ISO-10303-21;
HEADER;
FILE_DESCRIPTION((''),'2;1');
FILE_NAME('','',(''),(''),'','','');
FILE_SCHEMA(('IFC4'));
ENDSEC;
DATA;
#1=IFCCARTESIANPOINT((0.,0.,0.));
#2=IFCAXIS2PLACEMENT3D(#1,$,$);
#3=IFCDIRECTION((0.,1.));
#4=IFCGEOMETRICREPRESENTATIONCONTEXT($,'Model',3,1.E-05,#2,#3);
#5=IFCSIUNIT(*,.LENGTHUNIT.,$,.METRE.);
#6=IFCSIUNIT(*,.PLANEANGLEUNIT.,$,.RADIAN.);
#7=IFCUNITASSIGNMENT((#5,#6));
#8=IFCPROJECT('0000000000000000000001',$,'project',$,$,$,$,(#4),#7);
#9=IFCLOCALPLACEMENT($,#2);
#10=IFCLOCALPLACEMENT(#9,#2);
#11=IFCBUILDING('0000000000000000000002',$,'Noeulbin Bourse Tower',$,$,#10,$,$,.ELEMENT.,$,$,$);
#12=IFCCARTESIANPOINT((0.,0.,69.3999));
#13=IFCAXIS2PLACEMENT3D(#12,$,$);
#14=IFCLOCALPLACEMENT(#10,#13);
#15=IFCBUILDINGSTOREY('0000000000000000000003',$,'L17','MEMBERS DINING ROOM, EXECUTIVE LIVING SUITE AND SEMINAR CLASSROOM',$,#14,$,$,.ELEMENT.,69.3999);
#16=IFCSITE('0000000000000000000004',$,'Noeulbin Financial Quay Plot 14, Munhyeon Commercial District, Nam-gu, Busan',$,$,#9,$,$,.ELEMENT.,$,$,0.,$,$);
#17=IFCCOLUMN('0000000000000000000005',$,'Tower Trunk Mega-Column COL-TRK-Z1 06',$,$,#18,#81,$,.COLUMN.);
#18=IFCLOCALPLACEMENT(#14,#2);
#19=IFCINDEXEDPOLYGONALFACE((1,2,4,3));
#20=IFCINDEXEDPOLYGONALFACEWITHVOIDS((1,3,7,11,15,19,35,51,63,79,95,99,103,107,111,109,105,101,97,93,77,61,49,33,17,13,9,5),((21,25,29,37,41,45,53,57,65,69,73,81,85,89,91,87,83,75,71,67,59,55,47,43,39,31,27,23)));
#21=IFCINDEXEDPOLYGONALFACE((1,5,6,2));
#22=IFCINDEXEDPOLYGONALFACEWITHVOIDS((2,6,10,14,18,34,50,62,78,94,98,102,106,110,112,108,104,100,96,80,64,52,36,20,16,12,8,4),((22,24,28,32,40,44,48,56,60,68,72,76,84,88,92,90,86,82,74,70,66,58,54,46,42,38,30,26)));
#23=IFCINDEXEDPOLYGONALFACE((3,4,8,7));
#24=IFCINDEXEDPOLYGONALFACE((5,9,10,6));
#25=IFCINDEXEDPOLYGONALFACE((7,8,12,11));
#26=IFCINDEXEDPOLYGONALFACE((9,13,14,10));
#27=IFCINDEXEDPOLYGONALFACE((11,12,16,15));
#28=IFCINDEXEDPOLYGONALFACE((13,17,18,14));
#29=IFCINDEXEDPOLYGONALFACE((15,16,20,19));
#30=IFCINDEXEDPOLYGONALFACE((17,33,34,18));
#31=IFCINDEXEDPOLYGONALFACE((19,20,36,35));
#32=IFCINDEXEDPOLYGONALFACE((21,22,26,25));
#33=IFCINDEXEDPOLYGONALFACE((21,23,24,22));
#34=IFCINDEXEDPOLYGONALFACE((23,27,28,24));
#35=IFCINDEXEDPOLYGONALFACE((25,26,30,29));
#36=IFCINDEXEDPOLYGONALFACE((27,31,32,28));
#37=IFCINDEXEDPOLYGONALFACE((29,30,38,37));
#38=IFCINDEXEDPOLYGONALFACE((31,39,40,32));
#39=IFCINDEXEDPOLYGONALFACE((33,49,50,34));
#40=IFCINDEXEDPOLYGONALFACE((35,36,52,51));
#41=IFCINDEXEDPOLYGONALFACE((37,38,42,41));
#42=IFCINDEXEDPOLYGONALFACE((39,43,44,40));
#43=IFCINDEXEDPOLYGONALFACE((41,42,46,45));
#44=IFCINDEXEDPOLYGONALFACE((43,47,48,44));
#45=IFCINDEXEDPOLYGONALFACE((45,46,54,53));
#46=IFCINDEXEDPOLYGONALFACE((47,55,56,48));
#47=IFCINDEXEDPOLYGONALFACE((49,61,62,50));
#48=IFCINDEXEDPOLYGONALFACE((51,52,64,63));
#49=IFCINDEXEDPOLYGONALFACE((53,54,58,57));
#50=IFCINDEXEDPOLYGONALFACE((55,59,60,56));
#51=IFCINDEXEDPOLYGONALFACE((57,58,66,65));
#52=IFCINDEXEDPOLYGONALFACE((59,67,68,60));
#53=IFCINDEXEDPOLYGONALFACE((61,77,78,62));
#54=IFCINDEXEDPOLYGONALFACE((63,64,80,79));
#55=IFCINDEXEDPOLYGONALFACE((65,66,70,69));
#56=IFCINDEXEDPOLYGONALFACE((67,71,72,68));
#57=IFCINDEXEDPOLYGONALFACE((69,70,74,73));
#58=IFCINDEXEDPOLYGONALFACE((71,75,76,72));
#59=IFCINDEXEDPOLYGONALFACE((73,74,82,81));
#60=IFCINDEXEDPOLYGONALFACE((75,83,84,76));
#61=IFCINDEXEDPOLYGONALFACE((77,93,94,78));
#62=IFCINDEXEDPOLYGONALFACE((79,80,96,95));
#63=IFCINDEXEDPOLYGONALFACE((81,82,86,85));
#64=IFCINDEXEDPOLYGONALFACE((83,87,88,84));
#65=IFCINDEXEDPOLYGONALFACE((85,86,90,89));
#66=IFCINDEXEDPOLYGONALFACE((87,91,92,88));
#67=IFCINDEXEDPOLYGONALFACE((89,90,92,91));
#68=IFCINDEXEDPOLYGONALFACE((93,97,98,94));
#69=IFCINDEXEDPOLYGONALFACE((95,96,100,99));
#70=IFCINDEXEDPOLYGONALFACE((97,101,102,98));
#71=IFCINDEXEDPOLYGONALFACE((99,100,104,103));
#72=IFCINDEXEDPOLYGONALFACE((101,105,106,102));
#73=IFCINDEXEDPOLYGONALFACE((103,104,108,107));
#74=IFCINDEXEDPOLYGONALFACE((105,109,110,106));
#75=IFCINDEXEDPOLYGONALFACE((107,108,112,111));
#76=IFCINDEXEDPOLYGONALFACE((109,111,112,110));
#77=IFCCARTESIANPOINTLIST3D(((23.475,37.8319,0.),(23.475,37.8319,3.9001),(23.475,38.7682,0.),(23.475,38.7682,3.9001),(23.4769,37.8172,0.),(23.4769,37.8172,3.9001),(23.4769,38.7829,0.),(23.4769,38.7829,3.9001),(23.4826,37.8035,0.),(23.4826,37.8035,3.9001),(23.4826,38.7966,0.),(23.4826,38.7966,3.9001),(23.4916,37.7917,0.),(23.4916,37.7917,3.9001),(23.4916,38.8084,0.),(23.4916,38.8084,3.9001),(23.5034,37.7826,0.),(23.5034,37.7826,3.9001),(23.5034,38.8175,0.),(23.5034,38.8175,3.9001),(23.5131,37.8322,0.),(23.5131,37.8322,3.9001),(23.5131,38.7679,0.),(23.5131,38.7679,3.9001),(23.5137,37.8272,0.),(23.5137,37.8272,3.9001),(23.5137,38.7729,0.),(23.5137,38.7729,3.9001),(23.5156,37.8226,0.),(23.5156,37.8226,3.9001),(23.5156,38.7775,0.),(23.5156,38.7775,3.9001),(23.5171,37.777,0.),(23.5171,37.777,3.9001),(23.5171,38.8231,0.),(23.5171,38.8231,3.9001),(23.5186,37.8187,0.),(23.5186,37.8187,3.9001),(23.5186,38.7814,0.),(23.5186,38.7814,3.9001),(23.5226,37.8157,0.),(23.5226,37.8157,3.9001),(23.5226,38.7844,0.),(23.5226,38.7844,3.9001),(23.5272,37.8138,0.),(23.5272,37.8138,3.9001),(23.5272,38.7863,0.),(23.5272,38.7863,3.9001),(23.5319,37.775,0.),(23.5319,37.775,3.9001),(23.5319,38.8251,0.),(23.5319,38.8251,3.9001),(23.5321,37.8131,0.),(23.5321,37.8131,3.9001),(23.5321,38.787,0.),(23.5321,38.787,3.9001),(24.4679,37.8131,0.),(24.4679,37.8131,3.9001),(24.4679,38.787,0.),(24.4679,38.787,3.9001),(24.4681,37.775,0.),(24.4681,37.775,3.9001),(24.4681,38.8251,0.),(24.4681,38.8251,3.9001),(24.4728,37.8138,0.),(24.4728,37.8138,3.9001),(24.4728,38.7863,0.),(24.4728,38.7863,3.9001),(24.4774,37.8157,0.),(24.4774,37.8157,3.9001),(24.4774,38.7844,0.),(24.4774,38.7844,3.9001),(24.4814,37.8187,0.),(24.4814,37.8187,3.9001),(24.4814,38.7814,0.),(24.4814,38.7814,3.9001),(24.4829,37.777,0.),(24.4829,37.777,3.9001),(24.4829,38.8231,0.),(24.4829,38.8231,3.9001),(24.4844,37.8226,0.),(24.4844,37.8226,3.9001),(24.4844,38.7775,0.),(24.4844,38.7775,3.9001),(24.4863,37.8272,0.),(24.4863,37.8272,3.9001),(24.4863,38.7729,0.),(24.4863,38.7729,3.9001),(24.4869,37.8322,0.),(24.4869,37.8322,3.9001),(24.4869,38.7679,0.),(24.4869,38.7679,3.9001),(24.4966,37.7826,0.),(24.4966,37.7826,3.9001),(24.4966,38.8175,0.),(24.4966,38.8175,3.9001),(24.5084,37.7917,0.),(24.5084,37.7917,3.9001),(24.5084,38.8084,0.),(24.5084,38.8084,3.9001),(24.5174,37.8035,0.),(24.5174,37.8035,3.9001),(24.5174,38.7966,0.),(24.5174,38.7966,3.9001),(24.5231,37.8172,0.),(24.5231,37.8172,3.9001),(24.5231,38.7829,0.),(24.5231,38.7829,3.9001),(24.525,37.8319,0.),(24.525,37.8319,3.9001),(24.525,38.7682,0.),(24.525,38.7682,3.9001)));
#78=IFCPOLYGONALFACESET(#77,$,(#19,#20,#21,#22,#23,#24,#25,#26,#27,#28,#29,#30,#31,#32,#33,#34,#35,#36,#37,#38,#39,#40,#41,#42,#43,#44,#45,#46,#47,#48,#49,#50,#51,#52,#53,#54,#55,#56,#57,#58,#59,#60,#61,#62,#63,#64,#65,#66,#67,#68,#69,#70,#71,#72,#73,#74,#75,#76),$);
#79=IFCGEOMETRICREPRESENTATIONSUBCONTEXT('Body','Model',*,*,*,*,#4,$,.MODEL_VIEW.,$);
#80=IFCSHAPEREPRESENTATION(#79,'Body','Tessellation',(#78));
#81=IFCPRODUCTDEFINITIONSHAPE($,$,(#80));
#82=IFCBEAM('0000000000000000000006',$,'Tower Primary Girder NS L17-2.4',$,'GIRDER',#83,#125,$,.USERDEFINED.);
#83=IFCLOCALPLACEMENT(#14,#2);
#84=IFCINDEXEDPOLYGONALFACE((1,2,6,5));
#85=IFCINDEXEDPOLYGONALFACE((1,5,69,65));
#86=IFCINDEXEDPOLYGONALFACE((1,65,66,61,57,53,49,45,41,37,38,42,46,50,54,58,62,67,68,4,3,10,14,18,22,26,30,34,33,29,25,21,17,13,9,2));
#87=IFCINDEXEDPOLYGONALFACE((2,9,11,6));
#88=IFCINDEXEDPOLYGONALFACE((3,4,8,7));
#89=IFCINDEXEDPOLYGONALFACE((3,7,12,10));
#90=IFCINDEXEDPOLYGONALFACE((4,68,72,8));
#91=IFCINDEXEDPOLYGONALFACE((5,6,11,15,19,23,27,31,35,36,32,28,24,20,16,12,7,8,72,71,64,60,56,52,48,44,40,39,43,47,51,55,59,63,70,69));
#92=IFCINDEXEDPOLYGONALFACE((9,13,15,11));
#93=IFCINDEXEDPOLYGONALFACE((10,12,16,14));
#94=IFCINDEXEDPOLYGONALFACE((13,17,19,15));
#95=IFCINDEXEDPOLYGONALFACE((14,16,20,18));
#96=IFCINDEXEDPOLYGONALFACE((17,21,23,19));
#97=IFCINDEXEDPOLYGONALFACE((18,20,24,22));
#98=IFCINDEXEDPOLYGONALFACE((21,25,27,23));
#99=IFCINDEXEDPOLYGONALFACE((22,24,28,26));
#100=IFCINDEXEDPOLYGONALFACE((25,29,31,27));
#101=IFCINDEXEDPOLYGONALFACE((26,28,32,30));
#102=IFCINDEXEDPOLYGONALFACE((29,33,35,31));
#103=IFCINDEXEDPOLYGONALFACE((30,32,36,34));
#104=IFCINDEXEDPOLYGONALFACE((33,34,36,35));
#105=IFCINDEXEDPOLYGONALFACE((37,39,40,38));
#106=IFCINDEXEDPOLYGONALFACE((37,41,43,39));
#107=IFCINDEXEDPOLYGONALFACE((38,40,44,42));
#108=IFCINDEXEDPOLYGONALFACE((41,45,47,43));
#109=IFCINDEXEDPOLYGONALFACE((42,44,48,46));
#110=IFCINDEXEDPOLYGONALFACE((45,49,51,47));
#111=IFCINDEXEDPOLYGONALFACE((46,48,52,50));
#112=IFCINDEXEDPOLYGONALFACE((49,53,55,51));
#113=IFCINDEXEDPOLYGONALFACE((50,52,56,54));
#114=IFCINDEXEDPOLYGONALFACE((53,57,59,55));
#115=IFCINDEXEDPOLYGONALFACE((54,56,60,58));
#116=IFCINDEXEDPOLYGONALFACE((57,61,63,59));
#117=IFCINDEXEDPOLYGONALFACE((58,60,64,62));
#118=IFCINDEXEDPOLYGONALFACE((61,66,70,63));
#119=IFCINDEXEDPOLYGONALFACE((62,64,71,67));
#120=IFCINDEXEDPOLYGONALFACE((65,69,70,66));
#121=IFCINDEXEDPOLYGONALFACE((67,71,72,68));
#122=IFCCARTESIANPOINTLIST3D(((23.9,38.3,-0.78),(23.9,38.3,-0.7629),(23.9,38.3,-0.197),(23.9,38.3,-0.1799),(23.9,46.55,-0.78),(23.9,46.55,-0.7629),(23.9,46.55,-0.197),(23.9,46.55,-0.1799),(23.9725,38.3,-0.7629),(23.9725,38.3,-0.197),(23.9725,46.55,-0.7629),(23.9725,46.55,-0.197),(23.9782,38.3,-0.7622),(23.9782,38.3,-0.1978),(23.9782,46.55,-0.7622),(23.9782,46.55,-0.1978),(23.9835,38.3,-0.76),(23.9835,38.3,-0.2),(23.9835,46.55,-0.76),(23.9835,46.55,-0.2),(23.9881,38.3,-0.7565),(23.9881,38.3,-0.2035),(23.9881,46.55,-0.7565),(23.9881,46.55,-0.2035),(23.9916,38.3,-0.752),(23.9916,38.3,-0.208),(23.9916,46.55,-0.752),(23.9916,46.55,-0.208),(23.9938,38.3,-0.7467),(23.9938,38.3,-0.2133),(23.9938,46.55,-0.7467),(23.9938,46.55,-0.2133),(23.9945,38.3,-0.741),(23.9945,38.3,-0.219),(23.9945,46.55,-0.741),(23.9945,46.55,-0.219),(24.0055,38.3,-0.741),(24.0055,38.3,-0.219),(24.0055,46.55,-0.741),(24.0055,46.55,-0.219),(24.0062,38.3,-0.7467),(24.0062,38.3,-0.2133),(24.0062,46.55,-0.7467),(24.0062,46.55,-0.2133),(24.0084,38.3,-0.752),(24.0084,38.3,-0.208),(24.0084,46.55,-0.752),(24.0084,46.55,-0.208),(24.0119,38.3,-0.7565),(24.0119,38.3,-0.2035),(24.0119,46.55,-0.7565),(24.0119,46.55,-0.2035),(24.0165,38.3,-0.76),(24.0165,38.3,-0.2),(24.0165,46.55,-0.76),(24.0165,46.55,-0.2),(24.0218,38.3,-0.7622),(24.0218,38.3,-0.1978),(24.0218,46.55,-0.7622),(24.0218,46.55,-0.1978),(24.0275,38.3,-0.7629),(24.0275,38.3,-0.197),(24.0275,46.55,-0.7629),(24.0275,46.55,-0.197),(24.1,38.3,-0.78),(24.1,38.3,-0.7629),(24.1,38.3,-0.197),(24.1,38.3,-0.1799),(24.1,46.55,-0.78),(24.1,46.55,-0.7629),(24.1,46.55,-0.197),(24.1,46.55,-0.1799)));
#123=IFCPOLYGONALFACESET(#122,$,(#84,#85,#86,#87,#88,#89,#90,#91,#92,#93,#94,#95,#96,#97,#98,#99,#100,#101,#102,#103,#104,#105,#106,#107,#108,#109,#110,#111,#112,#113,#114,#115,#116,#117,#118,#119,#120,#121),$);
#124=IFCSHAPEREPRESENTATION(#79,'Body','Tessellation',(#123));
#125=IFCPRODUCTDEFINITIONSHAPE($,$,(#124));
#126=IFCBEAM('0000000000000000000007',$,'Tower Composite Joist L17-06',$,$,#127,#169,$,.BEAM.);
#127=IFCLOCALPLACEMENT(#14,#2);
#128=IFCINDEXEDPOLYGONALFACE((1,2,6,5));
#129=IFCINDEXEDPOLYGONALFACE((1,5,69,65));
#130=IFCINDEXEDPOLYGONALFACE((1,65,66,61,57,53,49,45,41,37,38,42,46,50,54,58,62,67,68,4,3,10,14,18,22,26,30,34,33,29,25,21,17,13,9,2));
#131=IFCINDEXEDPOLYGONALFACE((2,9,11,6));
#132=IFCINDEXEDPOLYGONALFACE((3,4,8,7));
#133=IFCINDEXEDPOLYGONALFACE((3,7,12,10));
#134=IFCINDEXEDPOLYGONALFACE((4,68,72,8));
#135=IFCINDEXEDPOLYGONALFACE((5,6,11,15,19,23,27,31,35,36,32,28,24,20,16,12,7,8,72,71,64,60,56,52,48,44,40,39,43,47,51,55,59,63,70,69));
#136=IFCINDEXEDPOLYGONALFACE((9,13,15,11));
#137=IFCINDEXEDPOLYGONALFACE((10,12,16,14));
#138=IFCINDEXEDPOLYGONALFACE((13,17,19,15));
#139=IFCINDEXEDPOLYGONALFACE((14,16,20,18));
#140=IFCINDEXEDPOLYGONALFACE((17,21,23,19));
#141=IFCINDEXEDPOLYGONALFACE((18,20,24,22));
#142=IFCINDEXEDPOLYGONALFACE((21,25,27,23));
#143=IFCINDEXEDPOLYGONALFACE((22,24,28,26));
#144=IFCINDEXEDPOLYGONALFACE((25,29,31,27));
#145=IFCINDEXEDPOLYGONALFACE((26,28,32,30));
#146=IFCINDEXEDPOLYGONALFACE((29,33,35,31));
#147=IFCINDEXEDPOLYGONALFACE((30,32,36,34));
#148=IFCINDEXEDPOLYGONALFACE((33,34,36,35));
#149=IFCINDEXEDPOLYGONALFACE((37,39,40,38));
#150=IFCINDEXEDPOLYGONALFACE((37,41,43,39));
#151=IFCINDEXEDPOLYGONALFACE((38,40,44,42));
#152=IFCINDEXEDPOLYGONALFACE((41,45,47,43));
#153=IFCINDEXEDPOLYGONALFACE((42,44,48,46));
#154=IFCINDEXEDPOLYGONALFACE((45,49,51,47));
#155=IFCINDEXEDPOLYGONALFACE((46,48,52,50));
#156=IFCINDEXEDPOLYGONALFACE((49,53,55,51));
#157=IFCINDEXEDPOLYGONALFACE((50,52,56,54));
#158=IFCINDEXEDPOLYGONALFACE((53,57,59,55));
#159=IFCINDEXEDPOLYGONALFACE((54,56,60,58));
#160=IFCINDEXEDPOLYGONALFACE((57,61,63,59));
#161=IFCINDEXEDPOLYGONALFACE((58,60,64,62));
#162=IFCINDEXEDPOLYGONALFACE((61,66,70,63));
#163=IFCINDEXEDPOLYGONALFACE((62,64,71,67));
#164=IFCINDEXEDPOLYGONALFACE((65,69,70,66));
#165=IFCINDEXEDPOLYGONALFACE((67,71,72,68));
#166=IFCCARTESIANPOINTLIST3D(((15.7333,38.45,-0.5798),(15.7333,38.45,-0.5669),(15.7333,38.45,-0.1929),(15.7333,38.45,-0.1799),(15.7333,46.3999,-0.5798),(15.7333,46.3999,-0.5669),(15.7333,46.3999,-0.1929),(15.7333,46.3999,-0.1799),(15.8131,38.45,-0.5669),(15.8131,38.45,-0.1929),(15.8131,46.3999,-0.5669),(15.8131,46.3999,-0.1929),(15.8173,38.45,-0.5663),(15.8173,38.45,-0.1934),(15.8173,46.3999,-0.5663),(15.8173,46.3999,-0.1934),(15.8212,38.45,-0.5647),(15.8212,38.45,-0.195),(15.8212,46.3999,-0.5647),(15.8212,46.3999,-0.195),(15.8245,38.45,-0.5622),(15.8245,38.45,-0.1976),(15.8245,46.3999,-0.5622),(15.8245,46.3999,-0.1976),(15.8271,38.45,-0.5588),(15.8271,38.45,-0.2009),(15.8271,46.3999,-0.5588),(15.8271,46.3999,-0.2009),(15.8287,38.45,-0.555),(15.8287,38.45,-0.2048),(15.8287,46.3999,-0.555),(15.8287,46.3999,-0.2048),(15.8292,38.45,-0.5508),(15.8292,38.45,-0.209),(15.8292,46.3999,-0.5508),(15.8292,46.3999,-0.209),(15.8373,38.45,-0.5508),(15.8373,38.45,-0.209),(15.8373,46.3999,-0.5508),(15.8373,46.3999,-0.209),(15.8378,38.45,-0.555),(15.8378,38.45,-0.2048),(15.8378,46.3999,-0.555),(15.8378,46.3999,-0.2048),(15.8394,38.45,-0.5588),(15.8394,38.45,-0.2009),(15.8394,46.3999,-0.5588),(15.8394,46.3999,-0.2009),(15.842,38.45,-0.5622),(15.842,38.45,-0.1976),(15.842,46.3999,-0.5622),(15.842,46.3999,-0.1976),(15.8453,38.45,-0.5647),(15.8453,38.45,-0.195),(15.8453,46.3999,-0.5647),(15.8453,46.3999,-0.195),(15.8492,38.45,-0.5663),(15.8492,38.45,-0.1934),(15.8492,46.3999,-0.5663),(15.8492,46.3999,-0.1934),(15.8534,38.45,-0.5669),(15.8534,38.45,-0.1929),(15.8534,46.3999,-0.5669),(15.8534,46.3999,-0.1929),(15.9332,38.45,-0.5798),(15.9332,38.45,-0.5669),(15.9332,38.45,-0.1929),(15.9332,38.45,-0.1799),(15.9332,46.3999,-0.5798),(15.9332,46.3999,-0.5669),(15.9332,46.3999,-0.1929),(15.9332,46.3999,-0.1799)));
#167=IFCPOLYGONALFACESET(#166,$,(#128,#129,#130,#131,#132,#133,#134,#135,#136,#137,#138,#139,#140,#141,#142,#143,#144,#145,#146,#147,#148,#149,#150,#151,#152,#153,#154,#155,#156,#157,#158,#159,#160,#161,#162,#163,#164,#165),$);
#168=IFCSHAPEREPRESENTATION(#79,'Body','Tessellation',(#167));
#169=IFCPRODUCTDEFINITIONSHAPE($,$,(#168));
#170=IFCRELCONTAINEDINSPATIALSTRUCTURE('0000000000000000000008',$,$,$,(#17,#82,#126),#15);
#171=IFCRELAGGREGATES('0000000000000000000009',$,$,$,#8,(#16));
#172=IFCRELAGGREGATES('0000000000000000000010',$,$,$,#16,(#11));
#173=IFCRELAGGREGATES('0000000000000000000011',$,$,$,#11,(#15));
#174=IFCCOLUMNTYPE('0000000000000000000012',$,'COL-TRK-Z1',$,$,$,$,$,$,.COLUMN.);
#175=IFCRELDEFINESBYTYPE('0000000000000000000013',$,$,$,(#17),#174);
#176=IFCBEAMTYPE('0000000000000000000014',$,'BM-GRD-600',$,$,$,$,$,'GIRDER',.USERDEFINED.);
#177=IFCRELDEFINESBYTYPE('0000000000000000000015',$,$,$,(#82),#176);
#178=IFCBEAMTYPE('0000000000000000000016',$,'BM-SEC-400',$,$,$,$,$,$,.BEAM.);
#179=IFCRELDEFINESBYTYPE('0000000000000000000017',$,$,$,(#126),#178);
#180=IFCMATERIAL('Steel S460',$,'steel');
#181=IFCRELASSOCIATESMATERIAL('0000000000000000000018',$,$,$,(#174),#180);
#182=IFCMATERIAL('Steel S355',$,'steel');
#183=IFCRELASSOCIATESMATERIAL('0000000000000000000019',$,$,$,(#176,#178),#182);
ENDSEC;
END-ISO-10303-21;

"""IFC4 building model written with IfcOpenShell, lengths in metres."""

from ifc_helpers import new_model, si_unit, direction, frame, origin, origin_2d, place, context, subcontext, project, spatial, hollow_rectangle, i_section, extrude, material, material_profile, profile_set, type_object, element, save


model = new_model("IFC4")

# Units and contexts
model_context = context("Model", 3, precision=1e-05, world=origin(), true_north=direction((0.0, 1.0)))
body_context = subcontext(model_context, "Body", "Model", "MODEL_VIEW")
ifc_project = project(units=[si_unit("LENGTHUNIT", "METRE"), si_unit("PLANEANGLEUNIT", "RADIAN")], contexts=[model_context])

# Site, building, storey
site_placement = place(None, origin())
site = spatial("IfcSite", under=ifc_project, at=site_placement, Name="Noeulbin Financial Quay Plot 14, Munhyeon Commercial District, Nam-gu, Busan", CompositionType="ELEMENT", RefElevation=0.0)
building_placement = place(site_placement, origin())
building = spatial("IfcBuilding", under=site, at=building_placement, Name="Noeulbin Bourse Tower", CompositionType="ELEMENT")
storey_placement = place(building_placement, frame((0.0, 0.0, 69.3999)))
storey = spatial("IfcBuildingStorey", under=building, at=storey_placement, Name="L17", Description="MEMBERS DINING ROOM, EXECUTIVE LIVING SUITE AND SEMINAR CLASSROOM", CompositionType="ELEMENT", Elevation=69.3999)

# Column
ifc_material_1 = material(Name="Steel S460", Category="steel")
ifc_material_profile_1 = material_profile(ifc_material_1, hollow_rectangle(XDim=1.05, YDim=1.05, WallThickness=0.0381, InnerFilletRadius=0.019, OuterFilletRadius=0.0569, at=origin_2d()), Name="BOX-1050x1050x38", Category="LoadBearing")
ifc_profile_set_1 = profile_set([ifc_material_profile_1], Name="Steel S460")
column_type_1 = type_object("IfcColumnType", Name="COL-TRK-Z1", PredefinedType="COLUMN", material=ifc_profile_set_1)
for number, where, z_axis, x_axis, name in (
    (1, (24.0, 38.3, 0.0), (0.0, 0.0, 1.0), (1.0, 0.0, 0.0), "Tower Trunk Mega-Column COL-TRK-Z1 06"),
):
    element("IfcColumn", number, at=place(storey_placement, frame(where, z_axis=z_axis, x_axis=x_axis)), inside=storey, type_object=column_type_1, Name=name, PredefinedType="COLUMN", context=body_context, shape_type="SweptSolid", body=[
        extrude(hollow_rectangle(XDim=1.05, YDim=1.05, WallThickness=0.0381, InnerFilletRadius=0.019, OuterFilletRadius=0.0569, at=origin_2d()), origin(), (0.0, 0.0, 1.0), 3.9001),
    ])

# Beams
ifc_material_2 = material(Name="Steel S355", Category="steel")
ifc_material_profile_2 = material_profile(ifc_material_2, i_section(OverallWidth=0.2, OverallDepth=0.6001, WebThickness=0.011, FlangeThickness=0.0171, FilletRadius=0.022, at=origin_2d()), Name="H-600x200x11x17", Category="LoadBearing")
ifc_profile_set_2 = profile_set([ifc_material_profile_2], Name="Steel S355")
beam_type_1 = type_object("IfcBeamType", Name="BM-GRD-600", ElementType="GIRDER", PredefinedType="USERDEFINED", material=ifc_profile_set_2)
beam_1_placement = place(storey_placement, frame((24.0, 38.3, -0.48), z_axis=(0.0, 1.0, 0.0), x_axis=(-1.0, 0.0, 0.0)))
element("IfcBeam", 2, at=beam_1_placement, inside=storey, type_object=beam_type_1, Name="Tower Primary Girder NS L17-2.4", ObjectType="GIRDER", PredefinedType="USERDEFINED", context=body_context, shape_type="SweptSolid", body=[
    extrude(i_section(OverallWidth=0.2, OverallDepth=0.6001, WebThickness=0.011, FlangeThickness=0.0171, FilletRadius=0.022, at=origin_2d()), origin(), (0.0, 0.0, 1.0), 8.25),
])
ifc_material_profile_3 = material_profile(ifc_material_2, i_section(OverallWidth=0.2, OverallDepth=0.3999, WebThickness=0.0081, FlangeThickness=0.0129, FilletRadius=0.0161, at=origin_2d()), Name="H-400x200x8x13", Category="LoadBearing")
ifc_profile_set_3 = profile_set([ifc_material_profile_3], Name="Steel S355")
beam_type_2 = type_object("IfcBeamType", Name="BM-SEC-400", PredefinedType="BEAM", material=ifc_profile_set_3)
for number, where, z_axis, x_axis, name in (
    (3, (15.8333, 38.45, -0.3799), (0.0, 1.0, 0.0), (-1.0, 0.0, 0.0), "Tower Composite Joist L17-06"),
):
    element("IfcBeam", number, at=place(storey_placement, frame(where, z_axis=z_axis, x_axis=x_axis)), inside=storey, type_object=beam_type_2, Name=name, PredefinedType="BEAM", context=body_context, shape_type="SweptSolid", body=[
        extrude(i_section(OverallWidth=0.2, OverallDepth=0.3999, WebThickness=0.0081, FlangeThickness=0.0129, FilletRadius=0.0161, at=origin_2d()), origin(), (0.0, 0.0, 1.0), 7.95),
    ])

save(model, "model.ifc")
